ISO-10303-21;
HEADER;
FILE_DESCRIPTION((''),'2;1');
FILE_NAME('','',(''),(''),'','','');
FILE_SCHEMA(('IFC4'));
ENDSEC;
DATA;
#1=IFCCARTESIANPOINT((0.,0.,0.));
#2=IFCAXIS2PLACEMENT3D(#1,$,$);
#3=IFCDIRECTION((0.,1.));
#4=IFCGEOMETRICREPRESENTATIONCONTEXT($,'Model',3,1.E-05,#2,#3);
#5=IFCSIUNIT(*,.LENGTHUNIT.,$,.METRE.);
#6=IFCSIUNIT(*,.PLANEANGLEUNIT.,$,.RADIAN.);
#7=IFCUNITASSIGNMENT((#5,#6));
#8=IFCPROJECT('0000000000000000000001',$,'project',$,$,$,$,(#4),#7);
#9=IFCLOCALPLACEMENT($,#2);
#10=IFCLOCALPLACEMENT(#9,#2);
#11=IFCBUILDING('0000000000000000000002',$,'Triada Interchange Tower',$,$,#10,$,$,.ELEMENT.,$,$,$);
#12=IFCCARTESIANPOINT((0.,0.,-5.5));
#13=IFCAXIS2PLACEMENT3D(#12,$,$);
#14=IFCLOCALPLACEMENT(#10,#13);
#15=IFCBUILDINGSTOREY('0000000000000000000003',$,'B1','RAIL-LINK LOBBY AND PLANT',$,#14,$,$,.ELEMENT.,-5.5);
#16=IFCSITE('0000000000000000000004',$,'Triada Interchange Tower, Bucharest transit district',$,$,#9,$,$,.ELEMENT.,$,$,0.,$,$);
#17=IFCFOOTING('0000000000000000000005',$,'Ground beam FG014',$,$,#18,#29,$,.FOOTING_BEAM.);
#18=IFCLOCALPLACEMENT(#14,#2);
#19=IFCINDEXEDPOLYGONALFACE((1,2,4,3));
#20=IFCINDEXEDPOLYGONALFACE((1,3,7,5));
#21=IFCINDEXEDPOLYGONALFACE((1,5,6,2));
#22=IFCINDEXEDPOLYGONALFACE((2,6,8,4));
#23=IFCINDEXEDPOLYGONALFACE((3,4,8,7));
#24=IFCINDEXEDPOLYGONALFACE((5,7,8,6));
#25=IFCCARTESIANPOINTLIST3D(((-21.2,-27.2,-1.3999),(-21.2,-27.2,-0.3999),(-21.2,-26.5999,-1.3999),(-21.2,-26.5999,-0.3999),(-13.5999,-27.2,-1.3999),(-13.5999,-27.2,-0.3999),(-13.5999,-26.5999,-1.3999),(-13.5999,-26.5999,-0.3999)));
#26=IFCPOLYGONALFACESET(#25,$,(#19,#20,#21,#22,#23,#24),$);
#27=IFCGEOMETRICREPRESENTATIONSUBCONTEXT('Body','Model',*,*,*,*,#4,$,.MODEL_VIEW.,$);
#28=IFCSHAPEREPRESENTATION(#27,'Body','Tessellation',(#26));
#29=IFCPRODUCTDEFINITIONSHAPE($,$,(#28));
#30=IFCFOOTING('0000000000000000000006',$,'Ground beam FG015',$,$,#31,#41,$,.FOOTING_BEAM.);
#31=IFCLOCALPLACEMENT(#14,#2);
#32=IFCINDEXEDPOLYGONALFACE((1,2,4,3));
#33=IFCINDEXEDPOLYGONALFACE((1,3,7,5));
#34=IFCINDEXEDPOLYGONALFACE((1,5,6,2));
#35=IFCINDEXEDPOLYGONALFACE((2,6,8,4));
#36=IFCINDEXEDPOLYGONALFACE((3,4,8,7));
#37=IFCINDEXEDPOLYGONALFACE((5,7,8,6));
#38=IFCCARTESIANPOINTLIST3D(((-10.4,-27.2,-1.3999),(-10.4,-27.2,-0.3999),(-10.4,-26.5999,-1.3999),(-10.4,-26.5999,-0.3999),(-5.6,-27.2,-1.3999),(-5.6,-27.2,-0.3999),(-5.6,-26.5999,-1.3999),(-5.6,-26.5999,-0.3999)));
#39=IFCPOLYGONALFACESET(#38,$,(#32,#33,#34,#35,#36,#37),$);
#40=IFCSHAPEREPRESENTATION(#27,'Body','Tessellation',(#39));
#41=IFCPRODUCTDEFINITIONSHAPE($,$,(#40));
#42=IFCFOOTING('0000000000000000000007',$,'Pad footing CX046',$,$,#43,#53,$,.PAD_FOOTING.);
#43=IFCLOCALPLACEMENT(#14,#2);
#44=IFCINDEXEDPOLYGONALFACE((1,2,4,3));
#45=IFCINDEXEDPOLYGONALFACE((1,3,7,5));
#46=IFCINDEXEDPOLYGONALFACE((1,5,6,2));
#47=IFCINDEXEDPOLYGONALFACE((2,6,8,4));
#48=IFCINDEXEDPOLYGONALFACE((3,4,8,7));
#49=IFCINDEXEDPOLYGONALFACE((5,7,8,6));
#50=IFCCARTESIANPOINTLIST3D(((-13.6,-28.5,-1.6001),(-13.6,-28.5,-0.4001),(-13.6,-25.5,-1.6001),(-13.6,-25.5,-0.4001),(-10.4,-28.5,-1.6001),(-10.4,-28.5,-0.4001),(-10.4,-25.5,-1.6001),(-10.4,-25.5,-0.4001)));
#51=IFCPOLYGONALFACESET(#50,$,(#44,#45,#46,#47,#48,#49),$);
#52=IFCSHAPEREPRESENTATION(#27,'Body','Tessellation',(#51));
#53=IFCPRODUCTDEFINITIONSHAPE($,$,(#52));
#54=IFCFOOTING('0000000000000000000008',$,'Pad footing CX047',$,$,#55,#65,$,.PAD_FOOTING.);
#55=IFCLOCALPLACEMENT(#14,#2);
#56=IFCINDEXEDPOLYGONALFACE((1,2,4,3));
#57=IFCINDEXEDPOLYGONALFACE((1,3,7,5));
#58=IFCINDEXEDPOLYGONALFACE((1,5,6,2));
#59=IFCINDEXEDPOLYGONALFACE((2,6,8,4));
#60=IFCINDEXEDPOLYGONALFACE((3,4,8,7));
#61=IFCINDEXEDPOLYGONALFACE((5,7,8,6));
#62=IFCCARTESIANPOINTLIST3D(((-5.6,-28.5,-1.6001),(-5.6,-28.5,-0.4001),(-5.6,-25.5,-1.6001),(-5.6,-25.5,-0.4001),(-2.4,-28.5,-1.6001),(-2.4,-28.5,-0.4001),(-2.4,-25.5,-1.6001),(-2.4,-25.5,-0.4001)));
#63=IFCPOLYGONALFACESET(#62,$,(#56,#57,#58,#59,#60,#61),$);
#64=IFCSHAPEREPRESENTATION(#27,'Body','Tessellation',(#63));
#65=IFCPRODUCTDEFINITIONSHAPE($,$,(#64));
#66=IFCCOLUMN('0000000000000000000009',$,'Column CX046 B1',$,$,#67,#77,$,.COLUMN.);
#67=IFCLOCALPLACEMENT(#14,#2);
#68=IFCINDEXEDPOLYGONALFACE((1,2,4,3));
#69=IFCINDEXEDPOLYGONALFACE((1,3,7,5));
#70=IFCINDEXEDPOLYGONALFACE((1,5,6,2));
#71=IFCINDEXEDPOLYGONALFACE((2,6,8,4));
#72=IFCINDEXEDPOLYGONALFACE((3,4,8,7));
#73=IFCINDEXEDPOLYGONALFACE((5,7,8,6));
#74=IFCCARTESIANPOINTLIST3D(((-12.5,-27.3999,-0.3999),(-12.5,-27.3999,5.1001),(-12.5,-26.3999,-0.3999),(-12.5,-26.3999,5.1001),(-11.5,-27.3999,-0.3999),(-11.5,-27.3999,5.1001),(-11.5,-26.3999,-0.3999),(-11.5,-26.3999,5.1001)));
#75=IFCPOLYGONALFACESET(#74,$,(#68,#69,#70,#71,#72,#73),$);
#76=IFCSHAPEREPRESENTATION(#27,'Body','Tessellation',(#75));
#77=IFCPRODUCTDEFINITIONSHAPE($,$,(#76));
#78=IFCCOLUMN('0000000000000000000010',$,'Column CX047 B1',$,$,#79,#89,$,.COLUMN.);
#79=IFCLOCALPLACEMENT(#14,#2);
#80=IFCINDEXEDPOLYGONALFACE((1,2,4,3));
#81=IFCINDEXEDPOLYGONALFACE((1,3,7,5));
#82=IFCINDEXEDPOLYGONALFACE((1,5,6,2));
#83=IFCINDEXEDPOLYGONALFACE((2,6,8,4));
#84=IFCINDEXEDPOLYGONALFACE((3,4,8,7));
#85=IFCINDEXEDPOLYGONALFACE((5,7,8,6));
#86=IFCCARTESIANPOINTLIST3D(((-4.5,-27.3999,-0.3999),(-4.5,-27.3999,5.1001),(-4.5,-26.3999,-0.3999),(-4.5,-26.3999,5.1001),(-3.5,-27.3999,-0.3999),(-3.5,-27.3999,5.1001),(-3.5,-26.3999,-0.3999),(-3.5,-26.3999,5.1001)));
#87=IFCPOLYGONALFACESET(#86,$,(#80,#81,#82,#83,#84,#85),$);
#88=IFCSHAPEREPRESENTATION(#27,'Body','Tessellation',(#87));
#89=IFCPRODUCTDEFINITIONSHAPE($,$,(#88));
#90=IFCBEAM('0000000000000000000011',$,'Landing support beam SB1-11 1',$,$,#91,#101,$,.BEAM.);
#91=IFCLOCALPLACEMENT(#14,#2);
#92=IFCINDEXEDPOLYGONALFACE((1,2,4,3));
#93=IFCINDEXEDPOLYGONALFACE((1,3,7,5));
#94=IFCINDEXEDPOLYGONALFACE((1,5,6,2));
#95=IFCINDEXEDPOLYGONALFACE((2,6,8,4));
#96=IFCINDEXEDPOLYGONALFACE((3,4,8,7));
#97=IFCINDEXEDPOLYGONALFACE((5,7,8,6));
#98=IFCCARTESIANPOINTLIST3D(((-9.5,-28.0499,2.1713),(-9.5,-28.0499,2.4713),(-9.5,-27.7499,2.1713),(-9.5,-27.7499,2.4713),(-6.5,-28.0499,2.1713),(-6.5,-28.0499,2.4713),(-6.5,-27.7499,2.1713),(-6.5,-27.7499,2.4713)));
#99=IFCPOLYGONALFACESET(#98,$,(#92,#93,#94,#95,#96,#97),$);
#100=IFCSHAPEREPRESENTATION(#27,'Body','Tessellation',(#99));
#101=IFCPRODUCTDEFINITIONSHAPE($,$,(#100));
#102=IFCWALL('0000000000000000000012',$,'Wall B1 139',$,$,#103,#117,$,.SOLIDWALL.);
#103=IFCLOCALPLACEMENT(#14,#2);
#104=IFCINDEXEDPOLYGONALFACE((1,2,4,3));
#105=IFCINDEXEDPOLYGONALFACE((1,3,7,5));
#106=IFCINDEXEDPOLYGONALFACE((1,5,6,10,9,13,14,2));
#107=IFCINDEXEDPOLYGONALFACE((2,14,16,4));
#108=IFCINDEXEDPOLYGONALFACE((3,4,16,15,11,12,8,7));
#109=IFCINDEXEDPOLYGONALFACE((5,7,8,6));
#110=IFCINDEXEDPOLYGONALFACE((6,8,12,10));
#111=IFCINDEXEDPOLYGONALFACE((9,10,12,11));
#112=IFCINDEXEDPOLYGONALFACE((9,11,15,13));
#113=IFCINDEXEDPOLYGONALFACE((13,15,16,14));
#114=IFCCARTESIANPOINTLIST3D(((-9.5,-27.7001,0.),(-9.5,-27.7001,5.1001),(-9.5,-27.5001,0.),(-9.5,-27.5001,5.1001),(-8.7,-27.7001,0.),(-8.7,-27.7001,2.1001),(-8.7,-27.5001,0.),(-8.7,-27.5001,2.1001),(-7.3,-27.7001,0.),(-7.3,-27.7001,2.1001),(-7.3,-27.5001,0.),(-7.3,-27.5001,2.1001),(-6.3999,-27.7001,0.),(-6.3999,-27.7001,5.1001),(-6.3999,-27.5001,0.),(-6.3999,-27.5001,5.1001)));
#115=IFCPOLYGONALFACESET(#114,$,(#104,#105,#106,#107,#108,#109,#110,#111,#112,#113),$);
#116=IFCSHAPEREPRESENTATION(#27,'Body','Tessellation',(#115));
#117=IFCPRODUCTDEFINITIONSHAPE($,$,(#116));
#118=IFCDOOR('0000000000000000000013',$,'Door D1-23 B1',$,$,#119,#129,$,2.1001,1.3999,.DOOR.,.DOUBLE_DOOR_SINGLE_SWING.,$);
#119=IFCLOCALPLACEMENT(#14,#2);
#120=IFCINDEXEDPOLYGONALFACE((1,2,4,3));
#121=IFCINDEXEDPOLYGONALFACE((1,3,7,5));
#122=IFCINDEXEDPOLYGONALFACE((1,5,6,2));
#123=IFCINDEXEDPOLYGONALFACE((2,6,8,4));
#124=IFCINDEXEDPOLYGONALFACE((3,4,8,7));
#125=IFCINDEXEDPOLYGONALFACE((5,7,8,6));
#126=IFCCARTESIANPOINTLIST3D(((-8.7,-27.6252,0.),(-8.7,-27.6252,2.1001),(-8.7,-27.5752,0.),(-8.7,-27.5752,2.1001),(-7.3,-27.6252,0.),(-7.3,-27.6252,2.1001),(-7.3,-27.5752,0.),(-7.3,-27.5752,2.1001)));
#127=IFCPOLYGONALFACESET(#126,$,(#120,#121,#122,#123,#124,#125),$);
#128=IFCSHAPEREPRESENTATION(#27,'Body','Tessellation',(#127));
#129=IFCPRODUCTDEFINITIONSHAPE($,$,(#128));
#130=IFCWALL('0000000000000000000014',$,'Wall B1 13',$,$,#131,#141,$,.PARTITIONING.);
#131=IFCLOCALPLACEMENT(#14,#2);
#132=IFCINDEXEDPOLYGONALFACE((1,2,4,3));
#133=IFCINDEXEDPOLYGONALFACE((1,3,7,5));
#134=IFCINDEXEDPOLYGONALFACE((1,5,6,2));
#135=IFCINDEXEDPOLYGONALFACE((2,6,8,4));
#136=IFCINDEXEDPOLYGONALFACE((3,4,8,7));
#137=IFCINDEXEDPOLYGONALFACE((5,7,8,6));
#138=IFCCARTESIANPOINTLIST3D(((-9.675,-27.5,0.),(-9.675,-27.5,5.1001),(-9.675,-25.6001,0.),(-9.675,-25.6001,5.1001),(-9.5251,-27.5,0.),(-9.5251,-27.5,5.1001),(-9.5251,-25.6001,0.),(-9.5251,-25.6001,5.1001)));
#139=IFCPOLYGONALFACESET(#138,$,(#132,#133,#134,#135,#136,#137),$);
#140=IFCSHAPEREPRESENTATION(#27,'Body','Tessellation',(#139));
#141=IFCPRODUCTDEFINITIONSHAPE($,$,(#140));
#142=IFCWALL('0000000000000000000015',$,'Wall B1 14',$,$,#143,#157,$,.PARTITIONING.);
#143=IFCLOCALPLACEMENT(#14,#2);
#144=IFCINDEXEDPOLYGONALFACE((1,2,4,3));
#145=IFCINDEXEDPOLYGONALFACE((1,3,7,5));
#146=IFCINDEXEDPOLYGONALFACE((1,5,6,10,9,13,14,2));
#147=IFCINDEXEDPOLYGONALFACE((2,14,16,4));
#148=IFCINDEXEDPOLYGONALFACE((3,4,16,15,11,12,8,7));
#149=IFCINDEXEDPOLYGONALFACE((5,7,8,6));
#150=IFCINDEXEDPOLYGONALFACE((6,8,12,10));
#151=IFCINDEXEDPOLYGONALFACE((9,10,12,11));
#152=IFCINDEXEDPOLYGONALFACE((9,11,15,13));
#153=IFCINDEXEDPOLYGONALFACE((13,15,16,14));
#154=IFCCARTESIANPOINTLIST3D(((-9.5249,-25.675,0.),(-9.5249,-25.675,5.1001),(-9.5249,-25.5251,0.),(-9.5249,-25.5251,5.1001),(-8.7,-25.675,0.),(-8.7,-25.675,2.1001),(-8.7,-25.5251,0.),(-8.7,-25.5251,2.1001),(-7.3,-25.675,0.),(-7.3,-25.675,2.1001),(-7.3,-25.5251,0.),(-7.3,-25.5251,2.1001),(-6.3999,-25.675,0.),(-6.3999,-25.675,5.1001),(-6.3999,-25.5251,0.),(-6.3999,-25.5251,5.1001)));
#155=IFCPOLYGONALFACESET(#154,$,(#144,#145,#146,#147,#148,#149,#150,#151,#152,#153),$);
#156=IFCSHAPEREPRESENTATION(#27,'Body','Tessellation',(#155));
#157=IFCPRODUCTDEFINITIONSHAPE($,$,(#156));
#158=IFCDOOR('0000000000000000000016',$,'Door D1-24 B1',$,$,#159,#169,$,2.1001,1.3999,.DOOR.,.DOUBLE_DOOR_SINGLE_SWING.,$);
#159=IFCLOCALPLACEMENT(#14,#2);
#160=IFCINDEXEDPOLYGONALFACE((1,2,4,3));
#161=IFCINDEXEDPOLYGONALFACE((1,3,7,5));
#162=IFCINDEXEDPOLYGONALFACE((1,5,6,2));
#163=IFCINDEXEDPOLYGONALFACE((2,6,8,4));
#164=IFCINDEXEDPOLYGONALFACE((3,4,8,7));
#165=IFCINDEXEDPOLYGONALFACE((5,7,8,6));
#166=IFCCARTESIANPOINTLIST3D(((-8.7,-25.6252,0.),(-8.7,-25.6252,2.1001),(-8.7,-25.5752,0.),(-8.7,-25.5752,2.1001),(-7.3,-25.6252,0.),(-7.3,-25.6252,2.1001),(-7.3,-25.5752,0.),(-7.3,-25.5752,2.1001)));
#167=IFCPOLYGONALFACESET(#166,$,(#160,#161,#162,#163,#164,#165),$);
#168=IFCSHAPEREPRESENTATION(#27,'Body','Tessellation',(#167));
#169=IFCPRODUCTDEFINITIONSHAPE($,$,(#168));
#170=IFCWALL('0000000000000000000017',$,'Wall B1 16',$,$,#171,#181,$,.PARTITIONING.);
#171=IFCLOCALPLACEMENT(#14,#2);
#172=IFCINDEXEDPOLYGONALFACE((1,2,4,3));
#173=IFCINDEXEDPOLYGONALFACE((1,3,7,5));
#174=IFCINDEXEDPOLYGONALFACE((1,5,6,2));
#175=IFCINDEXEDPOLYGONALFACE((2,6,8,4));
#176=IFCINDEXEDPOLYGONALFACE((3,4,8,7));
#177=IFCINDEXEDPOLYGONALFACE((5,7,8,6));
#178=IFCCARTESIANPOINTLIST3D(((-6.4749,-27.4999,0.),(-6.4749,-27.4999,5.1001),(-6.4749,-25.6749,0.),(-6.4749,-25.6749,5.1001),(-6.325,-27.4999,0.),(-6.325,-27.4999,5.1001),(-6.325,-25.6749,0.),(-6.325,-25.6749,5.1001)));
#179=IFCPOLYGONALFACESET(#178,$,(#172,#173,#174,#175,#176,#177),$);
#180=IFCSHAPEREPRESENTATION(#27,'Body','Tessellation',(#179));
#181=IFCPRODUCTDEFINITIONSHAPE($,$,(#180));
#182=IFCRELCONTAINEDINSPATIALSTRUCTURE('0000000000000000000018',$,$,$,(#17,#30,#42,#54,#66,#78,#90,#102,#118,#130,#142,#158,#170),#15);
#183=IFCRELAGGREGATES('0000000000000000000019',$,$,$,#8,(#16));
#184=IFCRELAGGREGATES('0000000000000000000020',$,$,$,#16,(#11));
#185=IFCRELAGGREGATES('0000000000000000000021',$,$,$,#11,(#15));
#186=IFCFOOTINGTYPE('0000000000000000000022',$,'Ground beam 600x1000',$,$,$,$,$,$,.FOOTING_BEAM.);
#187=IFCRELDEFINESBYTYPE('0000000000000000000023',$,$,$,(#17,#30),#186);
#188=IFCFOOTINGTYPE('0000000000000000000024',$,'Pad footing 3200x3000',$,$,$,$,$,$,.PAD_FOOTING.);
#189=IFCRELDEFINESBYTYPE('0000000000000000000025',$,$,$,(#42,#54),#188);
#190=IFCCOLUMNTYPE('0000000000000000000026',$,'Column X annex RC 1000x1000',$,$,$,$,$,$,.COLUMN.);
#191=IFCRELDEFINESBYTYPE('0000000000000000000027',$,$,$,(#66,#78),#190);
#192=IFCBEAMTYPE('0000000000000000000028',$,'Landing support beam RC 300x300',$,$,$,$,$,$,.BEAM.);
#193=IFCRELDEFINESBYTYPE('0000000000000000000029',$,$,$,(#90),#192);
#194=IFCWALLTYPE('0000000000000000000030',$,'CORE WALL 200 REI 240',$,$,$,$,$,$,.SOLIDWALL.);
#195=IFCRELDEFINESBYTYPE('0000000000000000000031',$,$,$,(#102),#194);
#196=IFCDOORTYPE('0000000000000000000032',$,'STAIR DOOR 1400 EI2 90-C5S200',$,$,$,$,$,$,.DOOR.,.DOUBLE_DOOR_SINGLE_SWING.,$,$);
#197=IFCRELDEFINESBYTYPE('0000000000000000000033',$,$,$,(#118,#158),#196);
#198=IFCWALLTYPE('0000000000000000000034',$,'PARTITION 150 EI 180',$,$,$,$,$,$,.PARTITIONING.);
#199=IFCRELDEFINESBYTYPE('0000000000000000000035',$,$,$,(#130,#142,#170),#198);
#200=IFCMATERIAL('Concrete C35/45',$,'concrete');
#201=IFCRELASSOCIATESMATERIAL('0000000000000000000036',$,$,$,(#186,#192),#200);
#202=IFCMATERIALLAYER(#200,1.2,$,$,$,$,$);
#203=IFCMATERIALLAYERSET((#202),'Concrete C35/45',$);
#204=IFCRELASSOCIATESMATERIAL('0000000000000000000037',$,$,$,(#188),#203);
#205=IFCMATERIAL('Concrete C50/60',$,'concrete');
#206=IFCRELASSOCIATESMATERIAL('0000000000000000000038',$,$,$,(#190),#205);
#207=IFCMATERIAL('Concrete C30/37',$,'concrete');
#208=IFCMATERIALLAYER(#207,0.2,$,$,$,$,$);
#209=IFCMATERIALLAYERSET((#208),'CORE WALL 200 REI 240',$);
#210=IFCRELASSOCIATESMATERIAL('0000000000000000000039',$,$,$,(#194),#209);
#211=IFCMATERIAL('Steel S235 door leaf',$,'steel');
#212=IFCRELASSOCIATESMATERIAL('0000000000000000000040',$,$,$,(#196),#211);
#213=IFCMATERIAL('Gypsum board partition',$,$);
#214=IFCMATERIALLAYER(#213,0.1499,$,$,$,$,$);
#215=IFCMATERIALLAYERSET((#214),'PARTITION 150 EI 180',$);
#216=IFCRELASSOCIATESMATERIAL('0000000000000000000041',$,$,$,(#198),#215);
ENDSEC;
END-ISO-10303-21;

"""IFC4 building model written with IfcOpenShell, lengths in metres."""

from ifc_helpers import new_model, si_unit, direction, frame, frame_2d, origin, origin_2d, place, context, subcontext, project, spatial, rectangle, extrude, material, layer, layer_set, material_profile, profile_set, type_object, element, fill, save


model = new_model("IFC4")

# Units and contexts
model_context = context("Model", 3, precision=1e-05, world=origin(), true_north=direction((0.0, 1.0)))
body_context = subcontext(model_context, "Body", "Model", "MODEL_VIEW")
ifc_project = project(units=[si_unit("LENGTHUNIT", "METRE"), si_unit("PLANEANGLEUNIT", "RADIAN")], contexts=[model_context])

# Site, building, storey
site_placement = place(None, origin())
site = spatial("IfcSite", under=ifc_project, at=site_placement, Name="Triada Interchange Tower, Bucharest transit district", CompositionType="ELEMENT", RefElevation=0.0)
building_placement = place(site_placement, origin())
building = spatial("IfcBuilding", under=site, at=building_placement, Name="Triada Interchange Tower", CompositionType="ELEMENT")
storey_placement = place(building_placement, frame((0.0, 0.0, -5.5)))
storey = spatial("IfcBuildingStorey", under=building, at=storey_placement, Name="B1", Description="RAIL-LINK LOBBY AND PLANT", CompositionType="ELEMENT", Elevation=-5.5)

# Footings
ifc_material_1 = material(Name="Concrete C35/45", Category="concrete")
footing_type_1 = type_object("IfcFootingType", Name="Ground beam 600x1000", PredefinedType="FOOTING_BEAM", material=ifc_material_1)
footing_1_placement = place(storey_placement, frame((-17.3999, -26.8999, -1.3999), z_axis=(0.0, 0.0, 1.0), x_axis=(1.0, 0.0, 0.0)))
element("IfcFooting", 1, at=footing_1_placement, inside=storey, type_object=footing_type_1, Name="Ground beam FG014", PredefinedType="FOOTING_BEAM", context=body_context, shape_type="SweptSolid", body=[
    extrude(rectangle(XDim=7.6001, YDim=0.6001, at=origin_2d()), origin(), (0.0, 0.0, 1.0), 1.0),
])
footing_2_placement = place(storey_placement, frame((-8.0, -26.8999, -1.3999), z_axis=(0.0, 0.0, 1.0), x_axis=(1.0, 0.0, 0.0)))
element("IfcFooting", 2, at=footing_2_placement, inside=storey, type_object=footing_type_1, Name="Ground beam FG015", PredefinedType="FOOTING_BEAM", context=body_context, shape_type="SweptSolid", body=[
    extrude(rectangle(XDim=4.8, YDim=0.6001, at=origin_2d()), origin(), (0.0, 0.0, 1.0), 1.0),
])
ifc_layer_1 = layer(ifc_material_1, 1.2)
ifc_layer_set_1 = layer_set([ifc_layer_1], Name="Concrete C35/45")
footing_type_2 = type_object("IfcFootingType", Name="Pad footing 3200x3000", PredefinedType="PAD_FOOTING", material=ifc_layer_set_1)
for number, where, z_axis, x_axis, name in (
    (3, (-12.0, -27.0, -1.6001), (0.0, 0.0, 1.0), (1.0, 0.0, 0.0), "Pad footing CX046"),
    (4, (-4.0, -27.0, -1.6001), (0.0, 0.0, 1.0), (1.0, 0.0, 0.0), "Pad footing CX047"),
):
    element("IfcFooting", number, at=place(storey_placement, frame(where, z_axis=z_axis, x_axis=x_axis)), inside=storey, type_object=footing_type_2, Name=name, PredefinedType="PAD_FOOTING", context=body_context, shape_type="SweptSolid", body=[
        extrude(rectangle(XDim=3.2, YDim=3.0, at=origin_2d()), origin(), (0.0, 0.0, 1.0), 1.2),
    ])

# Columns
ifc_material_2 = material(Name="Concrete C50/60", Category="concrete")
ifc_material_profile_1 = material_profile(ifc_material_2, rectangle(XDim=1.0, YDim=1.0, at=origin_2d()), Name="RC 1000x1000")
ifc_profile_set_1 = profile_set([ifc_material_profile_1], Name="Concrete C50/60")
column_type = type_object("IfcColumnType", Name="Column X annex RC 1000x1000", PredefinedType="COLUMN", material=ifc_profile_set_1)
for number, where, z_axis, x_axis, name in (
    (5, (-12.0, -26.8999, -0.3999), (0.0, 0.0, 1.0), (1.0, 0.0, 0.0), "Column CX046 B1"),
    (6, (-4.0, -26.8999, -0.3999), (0.0, 0.0, 1.0), (1.0, 0.0, 0.0), "Column CX047 B1"),
):
    element("IfcColumn", number, at=place(storey_placement, frame(where, z_axis=z_axis, x_axis=x_axis)), inside=storey, type_object=column_type, Name=name, PredefinedType="COLUMN", context=body_context, shape_type="SweptSolid", body=[
        extrude(rectangle(XDim=1.0, YDim=1.0, at=origin_2d()), origin(), (0.0, 0.0, 1.0), 5.5),
    ])

# Beam
ifc_material_profile_2 = material_profile(ifc_material_1, rectangle(XDim=0.3, YDim=0.3, at=origin_2d()), Name="RC 300x300")
ifc_profile_set_2 = profile_set([ifc_material_profile_2], Name="Concrete C35/45")
beam_type = type_object("IfcBeamType", Name="Landing support beam RC 300x300", PredefinedType="BEAM", material=ifc_profile_set_2)
beam_placement = place(storey_placement, frame((-6.5, -27.8999, 2.3213), z_axis=(-1.0, 0.0, 0.0), x_axis=(0.0, -1.0, 0.0)))
element("IfcBeam", 7, at=beam_placement, inside=storey, type_object=beam_type, Name="Landing support beam SB1-11 1", PredefinedType="BEAM", context=body_context, shape_type="SweptSolid", body=[
    extrude(rectangle(XDim=0.3, YDim=0.3, at=origin_2d()), origin(), (0.0, 0.0, 1.0), 3.0),
])

# Wall, opening, door
ifc_material_3 = material(Name="Concrete C30/37", Category="concrete")
ifc_layer_2 = layer(ifc_material_3, 0.2)
ifc_layer_set_2 = layer_set([ifc_layer_2], Name="CORE WALL 200 REI 240")
wall_type_1 = type_object("IfcWallType", Name="CORE WALL 200 REI 240", PredefinedType="SOLIDWALL", material=ifc_layer_set_2)
wall_1_placement = place(storey_placement, frame((-9.5, -27.6001, 0.0), z_axis=(0.0, 0.0, 1.0), x_axis=(1.0, 0.0, 0.0)))
wall_1 = element("IfcWall", 8, at=wall_1_placement, inside=storey, type_object=wall_type_1, Name="Wall B1 139", PredefinedType="SOLIDWALL", context=body_context, shape_type="SweptSolid", body=[
    extrude(rectangle(XDim=3.1001, YDim=0.2, at=frame_2d((1.55, 0.0))), origin(), (0.0, 0.0, 1.0), 5.1001),
])
opening_1_placement = place(wall_1_placement, frame((0.8, 0.0, 0.0)))
opening_1 = element("IfcOpeningElement", 9, at=opening_1_placement, cuts=wall_1, PredefinedType="OPENING", context=body_context, shape_type="SweptSolid", body=[
    extrude(rectangle(XDim=1.3999, YDim=2.1001, at=frame_2d((0.7, 1.05))), frame((0.0, 0.1099, 0.0), z_axis=(0.0, -1.0, 0.0), x_axis=(1.0, 0.0, 0.0)), (0.0, 0.0, 1.0), 0.22),
])
ifc_material_4 = material(Name="Steel S235 door leaf", Category="steel")
door_type = type_object("IfcDoorType", Name="STAIR DOOR 1400 EI2 90-C5S200", OperationType="DOUBLE_DOOR_SINGLE_SWING", PredefinedType="DOOR", material=ifc_material_4)
door_1_placement = place(opening_1_placement, origin())
door_1 = element("IfcDoor", 10, at=door_1_placement, inside=storey, type_object=door_type, Name="Door D1-23 B1", OperationType="DOUBLE_DOOR_SINGLE_SWING", OverallHeight=2.1001, OverallWidth=1.3999, PredefinedType="DOOR", context=body_context, shape_type="SweptSolid", body=[
    extrude(rectangle(XDim=1.3999, YDim=2.1001, at=frame_2d((0.7, 1.05))), frame((0.0, 0.0249, 0.0), z_axis=(0.0, -1.0, 0.0), x_axis=(1.0, 0.0, 0.0)), (0.0, 0.0, 1.0), 0.05),
])
fill(opening_1, door_1)

# Wall
ifc_material_5 = material(Name="Gypsum board partition")
ifc_layer_3 = layer(ifc_material_5, 0.1499)
ifc_layer_set_3 = layer_set([ifc_layer_3], Name="PARTITION 150 EI 180")
wall_type_2 = type_object("IfcWallType", Name="PARTITION 150 EI 180", PredefinedType="PARTITIONING", material=ifc_layer_set_3)
wall_2_placement = place(storey_placement, frame((-9.6001, -27.5, 0.0), z_axis=(0.0, 0.0, 1.0), x_axis=(0.0, 1.0, 0.0)))
element("IfcWall", 11, at=wall_2_placement, inside=storey, type_object=wall_type_2, Name="Wall B1 13", PredefinedType="PARTITIONING", context=body_context, shape_type="SweptSolid", body=[
    extrude(rectangle(XDim=1.8999, YDim=0.1499, at=frame_2d((0.95, 0.0))), origin(), (0.0, 0.0, 1.0), 5.1001),
])

# Wall, opening, door
wall_3_placement = place(storey_placement, frame((-9.5249, -25.6001, 0.0), z_axis=(0.0, 0.0, 1.0), x_axis=(1.0, 0.0, 0.0)))
wall_3 = element("IfcWall", 12, at=wall_3_placement, inside=storey, type_object=wall_type_2, Name="Wall B1 14", PredefinedType="PARTITIONING", context=body_context, shape_type="SweptSolid", body=[
    extrude(rectangle(XDim=3.125, YDim=0.1499, at=frame_2d((1.5625, 0.0))), origin(), (0.0, 0.0, 1.0), 5.1001),
])
opening_2_placement = place(wall_3_placement, frame((0.825, 0.0, 0.0)))
opening_2 = element("IfcOpeningElement", 13, at=opening_2_placement, cuts=wall_3, PredefinedType="OPENING", context=body_context, shape_type="SweptSolid", body=[
    extrude(rectangle(XDim=1.3999, YDim=2.1001, at=frame_2d((0.7, 1.05))), frame((0.0, 0.085, 0.0), z_axis=(0.0, -1.0, 0.0), x_axis=(1.0, 0.0, 0.0)), (0.0, 0.0, 1.0), 0.1699),
])
door_2_placement = place(opening_2_placement, origin())
door_2 = element("IfcDoor", 14, at=door_2_placement, inside=storey, type_object=door_type, Name="Door D1-24 B1", OperationType="DOUBLE_DOOR_SINGLE_SWING", OverallHeight=2.1001, OverallWidth=1.3999, PredefinedType="DOOR", context=body_context, shape_type="SweptSolid", body=[
    extrude(rectangle(XDim=1.3999, YDim=2.1001, at=frame_2d((0.7, 1.05))), frame((0.0, 0.0249, 0.0), z_axis=(0.0, -1.0, 0.0), x_axis=(1.0, 0.0, 0.0)), (0.0, 0.0, 1.0), 0.05),
])
fill(opening_2, door_2)

# Wall
wall_4_placement = place(storey_placement, frame((-6.3999, -27.5, 0.0), z_axis=(0.0, 0.0, 1.0), x_axis=(0.0, 1.0, 0.0)))
element("IfcWall", 15, at=wall_4_placement, inside=storey, type_object=wall_type_2, Name="Wall B1 16", PredefinedType="PARTITIONING", context=body_context, shape_type="SweptSolid", body=[
    extrude(rectangle(XDim=1.825, YDim=0.1499, at=frame_2d((0.9126, 0.0))), origin(), (0.0, 0.0, 1.0), 5.1001),
])

save(model, "model.ifc")
